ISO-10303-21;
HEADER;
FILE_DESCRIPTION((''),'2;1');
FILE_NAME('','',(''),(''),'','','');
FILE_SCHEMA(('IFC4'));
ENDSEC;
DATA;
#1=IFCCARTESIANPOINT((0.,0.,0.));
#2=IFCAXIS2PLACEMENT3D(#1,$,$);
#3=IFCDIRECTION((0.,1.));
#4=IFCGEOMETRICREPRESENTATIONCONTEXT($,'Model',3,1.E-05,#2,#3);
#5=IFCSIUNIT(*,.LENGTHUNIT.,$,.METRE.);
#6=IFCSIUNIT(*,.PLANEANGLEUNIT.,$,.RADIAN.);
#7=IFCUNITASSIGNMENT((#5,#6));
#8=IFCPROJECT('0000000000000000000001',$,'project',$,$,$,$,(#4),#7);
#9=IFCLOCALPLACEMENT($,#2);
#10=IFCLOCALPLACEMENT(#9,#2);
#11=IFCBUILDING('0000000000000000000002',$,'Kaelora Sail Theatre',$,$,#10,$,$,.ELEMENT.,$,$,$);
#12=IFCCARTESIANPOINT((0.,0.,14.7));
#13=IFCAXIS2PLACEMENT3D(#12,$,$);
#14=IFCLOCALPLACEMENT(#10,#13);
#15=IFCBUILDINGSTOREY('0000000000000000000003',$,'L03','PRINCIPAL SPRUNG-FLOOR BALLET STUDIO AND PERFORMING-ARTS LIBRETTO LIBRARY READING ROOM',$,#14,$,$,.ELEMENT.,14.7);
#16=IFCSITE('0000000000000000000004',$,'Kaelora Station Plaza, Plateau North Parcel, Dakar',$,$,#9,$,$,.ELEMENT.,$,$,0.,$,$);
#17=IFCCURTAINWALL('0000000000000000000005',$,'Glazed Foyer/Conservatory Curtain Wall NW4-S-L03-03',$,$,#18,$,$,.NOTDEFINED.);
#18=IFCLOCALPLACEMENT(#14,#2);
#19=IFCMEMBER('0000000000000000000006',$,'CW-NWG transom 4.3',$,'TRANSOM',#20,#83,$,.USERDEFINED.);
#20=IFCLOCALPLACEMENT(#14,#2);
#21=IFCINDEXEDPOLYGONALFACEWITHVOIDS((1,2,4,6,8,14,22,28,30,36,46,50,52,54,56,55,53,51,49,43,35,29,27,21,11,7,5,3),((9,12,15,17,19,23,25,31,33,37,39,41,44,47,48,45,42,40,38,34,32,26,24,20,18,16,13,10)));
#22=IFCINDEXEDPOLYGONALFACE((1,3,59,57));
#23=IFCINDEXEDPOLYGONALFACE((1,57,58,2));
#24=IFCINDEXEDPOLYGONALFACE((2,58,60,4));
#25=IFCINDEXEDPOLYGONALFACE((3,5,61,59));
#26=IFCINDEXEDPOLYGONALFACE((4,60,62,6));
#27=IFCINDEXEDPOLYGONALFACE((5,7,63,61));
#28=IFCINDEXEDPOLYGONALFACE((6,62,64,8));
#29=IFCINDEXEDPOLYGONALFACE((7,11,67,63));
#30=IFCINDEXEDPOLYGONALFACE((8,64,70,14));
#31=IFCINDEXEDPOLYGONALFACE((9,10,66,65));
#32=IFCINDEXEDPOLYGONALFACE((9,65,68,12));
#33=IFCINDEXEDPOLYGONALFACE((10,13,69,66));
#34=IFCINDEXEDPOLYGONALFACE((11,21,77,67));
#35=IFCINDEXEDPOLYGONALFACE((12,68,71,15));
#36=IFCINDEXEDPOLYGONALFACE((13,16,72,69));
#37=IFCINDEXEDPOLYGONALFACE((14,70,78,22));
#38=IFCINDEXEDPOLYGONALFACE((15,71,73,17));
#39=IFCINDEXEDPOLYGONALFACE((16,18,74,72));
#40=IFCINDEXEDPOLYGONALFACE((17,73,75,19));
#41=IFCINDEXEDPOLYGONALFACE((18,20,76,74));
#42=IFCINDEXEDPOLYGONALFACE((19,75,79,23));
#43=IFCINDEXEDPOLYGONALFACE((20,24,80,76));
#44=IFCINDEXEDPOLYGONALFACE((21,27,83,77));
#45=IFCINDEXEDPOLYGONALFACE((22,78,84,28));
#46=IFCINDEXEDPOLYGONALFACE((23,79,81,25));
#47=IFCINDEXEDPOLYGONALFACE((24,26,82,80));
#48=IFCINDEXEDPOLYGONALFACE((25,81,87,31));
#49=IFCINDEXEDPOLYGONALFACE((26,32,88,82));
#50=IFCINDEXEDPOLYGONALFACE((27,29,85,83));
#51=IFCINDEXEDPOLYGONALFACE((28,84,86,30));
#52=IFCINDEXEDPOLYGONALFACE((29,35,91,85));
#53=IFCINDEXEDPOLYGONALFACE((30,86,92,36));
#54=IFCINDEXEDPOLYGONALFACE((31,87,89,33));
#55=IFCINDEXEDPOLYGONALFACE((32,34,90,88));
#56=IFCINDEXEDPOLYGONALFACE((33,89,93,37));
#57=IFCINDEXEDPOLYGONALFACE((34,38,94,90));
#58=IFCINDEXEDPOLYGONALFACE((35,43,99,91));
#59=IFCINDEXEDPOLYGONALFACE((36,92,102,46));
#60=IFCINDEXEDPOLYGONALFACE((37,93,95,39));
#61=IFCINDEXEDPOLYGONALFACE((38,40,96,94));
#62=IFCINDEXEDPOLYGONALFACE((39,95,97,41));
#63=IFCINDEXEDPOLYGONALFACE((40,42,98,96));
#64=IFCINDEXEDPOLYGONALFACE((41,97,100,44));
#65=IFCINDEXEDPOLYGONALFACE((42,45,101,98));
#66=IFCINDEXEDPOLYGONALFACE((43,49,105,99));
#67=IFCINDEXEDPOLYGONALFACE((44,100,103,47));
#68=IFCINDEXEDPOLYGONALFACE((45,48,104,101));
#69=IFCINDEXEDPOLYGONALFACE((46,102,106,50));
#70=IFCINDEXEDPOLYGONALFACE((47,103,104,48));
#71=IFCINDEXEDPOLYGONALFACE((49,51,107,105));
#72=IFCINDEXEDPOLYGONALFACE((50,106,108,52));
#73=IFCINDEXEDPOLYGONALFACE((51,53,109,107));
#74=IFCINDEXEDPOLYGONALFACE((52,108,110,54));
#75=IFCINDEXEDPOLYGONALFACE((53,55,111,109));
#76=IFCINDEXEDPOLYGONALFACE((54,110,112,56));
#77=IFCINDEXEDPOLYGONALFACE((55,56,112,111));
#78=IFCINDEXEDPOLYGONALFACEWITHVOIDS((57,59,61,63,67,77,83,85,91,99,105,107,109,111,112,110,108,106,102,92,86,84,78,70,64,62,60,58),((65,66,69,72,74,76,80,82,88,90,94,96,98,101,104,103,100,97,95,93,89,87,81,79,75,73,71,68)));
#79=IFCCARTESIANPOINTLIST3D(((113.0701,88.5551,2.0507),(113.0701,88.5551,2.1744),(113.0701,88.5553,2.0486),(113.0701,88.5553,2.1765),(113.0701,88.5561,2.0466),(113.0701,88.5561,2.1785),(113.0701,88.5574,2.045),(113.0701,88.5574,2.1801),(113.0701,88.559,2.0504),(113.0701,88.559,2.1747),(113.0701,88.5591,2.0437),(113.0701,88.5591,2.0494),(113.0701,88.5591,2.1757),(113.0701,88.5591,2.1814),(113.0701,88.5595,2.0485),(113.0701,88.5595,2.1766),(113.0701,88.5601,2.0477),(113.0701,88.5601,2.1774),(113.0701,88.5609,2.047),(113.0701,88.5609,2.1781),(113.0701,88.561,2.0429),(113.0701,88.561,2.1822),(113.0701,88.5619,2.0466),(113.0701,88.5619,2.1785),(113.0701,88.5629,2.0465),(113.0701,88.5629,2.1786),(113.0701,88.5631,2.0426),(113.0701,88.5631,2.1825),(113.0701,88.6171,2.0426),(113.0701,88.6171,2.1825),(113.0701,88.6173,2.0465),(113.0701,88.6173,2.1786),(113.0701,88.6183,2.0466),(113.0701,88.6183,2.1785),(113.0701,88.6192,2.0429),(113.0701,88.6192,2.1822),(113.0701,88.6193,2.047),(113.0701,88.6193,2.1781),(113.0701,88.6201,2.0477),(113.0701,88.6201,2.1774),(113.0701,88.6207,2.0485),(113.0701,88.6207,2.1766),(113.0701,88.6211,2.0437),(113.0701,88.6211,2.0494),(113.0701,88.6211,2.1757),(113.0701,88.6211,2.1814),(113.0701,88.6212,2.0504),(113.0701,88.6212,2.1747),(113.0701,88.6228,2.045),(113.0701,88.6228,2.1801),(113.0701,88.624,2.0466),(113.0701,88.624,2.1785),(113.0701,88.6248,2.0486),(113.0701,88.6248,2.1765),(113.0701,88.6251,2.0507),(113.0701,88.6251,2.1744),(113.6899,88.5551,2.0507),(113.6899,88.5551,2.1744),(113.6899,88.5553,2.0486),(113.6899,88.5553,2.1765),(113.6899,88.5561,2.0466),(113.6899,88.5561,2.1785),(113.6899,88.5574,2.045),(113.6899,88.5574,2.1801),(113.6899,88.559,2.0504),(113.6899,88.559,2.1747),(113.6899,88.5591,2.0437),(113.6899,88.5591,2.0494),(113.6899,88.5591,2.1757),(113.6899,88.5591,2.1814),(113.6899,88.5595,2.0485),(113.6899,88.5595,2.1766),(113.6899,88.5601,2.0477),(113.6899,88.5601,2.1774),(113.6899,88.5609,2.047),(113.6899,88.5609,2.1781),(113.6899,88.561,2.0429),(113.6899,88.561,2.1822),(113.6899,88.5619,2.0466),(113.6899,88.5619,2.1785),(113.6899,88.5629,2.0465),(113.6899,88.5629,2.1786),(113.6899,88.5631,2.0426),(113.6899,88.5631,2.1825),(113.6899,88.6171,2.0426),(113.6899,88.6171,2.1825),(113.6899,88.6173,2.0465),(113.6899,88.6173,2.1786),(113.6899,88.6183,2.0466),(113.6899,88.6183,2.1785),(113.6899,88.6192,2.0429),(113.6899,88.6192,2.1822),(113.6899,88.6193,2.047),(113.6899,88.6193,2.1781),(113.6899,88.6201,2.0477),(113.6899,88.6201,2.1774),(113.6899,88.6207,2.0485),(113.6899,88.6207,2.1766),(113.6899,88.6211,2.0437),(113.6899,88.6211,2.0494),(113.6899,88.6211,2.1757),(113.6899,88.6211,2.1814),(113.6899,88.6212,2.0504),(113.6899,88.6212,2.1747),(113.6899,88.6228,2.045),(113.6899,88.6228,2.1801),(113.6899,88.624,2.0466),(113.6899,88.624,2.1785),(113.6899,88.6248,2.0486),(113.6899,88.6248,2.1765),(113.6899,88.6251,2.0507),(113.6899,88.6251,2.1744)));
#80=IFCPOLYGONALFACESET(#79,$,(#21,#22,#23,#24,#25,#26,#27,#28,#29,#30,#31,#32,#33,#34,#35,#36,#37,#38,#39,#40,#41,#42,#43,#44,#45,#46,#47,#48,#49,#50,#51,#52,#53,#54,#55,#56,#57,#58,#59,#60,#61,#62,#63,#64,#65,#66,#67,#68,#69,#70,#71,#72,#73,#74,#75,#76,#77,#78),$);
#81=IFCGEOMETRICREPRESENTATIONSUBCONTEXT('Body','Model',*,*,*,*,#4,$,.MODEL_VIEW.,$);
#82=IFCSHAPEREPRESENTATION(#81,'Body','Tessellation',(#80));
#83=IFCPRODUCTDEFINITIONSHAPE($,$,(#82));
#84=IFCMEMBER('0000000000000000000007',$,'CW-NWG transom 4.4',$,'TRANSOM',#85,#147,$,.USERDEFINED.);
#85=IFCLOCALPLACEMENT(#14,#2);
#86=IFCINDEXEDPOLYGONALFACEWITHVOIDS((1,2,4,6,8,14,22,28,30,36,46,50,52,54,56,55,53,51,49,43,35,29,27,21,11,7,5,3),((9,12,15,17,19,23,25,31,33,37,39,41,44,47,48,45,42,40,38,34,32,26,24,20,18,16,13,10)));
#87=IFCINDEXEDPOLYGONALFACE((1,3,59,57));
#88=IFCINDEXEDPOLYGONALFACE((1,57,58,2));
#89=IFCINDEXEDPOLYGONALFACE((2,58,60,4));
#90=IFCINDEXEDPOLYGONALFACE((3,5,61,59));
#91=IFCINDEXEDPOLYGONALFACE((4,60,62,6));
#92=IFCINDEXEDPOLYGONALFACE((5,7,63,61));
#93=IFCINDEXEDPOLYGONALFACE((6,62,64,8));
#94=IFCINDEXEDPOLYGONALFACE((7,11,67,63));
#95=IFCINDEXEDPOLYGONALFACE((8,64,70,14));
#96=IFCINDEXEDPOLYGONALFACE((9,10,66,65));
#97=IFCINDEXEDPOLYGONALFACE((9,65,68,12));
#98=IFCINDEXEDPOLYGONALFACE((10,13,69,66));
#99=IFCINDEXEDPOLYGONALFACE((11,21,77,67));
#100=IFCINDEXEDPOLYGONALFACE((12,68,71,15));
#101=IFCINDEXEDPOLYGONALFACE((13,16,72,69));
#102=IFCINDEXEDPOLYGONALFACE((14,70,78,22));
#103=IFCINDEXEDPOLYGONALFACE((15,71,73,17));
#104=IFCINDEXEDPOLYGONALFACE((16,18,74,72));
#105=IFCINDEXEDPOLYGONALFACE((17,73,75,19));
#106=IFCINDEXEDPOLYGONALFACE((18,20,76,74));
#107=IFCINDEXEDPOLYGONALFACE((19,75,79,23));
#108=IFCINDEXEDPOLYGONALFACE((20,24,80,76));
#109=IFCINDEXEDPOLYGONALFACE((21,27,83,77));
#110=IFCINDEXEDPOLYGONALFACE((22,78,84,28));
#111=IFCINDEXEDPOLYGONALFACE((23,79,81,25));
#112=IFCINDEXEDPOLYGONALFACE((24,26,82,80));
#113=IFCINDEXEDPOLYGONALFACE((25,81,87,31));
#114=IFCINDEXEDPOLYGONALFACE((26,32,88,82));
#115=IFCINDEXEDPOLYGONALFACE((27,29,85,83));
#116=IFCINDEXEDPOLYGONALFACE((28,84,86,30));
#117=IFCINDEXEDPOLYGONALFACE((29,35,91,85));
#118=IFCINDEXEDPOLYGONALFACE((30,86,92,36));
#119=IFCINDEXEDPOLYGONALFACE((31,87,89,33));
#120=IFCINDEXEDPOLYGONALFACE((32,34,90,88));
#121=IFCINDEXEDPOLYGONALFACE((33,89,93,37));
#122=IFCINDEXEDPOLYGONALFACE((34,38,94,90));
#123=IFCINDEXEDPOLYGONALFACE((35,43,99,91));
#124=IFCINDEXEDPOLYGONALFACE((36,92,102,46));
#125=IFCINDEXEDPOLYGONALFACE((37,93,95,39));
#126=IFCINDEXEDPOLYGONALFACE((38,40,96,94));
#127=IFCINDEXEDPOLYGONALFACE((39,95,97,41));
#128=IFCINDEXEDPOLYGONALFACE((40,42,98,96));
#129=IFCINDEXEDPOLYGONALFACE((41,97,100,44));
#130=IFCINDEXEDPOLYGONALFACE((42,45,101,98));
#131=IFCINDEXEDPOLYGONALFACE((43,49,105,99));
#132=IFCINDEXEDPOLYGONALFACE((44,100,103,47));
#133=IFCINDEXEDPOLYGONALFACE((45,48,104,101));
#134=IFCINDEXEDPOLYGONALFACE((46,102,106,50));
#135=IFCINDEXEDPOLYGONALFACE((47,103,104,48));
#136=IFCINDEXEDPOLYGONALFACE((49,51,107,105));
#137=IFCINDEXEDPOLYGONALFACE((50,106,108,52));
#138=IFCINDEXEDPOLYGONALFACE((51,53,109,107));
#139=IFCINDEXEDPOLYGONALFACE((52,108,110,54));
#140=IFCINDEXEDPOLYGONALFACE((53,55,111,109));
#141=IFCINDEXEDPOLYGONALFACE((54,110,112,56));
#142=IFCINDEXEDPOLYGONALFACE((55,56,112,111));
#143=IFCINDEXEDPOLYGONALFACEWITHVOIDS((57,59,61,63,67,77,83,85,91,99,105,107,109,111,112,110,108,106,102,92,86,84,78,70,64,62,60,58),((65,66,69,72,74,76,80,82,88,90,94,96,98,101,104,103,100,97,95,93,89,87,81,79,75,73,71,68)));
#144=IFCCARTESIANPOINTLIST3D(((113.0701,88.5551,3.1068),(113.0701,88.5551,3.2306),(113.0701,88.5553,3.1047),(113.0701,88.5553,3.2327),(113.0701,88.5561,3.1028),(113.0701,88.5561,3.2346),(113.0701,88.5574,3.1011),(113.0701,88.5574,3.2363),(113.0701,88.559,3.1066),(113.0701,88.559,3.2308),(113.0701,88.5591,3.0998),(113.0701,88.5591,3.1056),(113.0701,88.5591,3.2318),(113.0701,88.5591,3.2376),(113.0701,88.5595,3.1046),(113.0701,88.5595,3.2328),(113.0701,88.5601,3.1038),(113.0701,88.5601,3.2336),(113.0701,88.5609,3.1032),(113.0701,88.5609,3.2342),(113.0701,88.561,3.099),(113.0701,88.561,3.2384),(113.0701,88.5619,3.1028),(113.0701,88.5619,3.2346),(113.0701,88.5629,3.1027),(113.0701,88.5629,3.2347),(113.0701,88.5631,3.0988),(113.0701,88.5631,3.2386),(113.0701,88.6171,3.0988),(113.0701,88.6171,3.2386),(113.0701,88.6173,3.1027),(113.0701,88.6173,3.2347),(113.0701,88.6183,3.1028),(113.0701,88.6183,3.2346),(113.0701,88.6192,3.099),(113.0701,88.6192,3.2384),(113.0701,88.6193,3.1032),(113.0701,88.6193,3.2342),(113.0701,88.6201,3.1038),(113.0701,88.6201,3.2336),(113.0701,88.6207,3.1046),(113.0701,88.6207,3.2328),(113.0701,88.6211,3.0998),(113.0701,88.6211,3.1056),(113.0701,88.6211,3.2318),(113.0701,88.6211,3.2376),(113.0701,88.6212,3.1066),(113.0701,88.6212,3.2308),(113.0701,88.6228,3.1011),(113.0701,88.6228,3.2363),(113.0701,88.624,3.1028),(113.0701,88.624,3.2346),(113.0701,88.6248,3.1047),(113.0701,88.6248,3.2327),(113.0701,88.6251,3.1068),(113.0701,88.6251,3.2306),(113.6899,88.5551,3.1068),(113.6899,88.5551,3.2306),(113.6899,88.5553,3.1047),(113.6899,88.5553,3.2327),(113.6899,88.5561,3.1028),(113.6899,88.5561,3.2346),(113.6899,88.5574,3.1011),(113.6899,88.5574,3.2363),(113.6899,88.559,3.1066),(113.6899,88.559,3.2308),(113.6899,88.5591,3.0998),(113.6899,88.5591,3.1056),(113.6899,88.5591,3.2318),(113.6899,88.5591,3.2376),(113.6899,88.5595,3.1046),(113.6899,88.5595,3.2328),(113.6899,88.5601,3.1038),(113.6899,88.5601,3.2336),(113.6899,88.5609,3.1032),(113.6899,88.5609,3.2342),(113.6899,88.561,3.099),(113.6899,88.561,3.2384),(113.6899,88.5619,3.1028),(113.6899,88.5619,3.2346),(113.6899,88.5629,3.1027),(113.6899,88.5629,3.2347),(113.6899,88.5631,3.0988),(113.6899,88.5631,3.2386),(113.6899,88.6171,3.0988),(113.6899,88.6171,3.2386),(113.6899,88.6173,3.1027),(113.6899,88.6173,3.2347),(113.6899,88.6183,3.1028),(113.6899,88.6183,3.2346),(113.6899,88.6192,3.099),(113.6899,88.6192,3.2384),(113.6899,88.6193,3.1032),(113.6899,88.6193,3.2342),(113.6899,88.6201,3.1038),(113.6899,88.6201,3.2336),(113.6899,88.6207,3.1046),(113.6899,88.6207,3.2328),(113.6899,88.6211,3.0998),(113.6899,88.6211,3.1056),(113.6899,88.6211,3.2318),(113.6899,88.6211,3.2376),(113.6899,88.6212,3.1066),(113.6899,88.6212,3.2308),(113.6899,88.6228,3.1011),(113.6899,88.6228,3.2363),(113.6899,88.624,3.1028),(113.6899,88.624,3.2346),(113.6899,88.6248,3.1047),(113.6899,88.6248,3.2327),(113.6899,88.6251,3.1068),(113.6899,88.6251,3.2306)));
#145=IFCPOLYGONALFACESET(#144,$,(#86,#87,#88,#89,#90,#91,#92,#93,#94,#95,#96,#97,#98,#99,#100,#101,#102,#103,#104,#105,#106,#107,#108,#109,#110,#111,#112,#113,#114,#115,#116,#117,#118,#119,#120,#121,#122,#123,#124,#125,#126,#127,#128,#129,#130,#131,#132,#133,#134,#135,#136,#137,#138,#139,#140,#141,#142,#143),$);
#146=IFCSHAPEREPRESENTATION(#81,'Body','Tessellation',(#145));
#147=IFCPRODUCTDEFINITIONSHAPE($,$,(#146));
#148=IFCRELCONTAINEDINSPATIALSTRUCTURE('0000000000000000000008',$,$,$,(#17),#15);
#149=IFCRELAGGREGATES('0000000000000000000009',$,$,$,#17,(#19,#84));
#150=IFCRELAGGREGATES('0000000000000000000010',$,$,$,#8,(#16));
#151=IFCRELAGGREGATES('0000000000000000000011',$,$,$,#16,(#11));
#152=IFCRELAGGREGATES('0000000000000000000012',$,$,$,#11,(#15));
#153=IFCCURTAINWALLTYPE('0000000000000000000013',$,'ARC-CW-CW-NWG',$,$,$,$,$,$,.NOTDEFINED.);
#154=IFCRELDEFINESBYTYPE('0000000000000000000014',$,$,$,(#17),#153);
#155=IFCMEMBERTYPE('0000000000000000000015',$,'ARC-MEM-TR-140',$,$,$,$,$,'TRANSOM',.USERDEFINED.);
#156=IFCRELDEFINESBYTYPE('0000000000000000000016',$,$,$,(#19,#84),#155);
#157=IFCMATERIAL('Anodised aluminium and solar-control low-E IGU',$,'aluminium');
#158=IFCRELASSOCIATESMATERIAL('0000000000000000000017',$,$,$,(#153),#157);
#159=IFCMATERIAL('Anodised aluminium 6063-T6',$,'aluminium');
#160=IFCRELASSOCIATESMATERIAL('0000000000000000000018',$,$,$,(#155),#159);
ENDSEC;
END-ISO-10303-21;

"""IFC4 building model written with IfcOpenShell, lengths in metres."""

from ifc_helpers import new_model, si_unit, direction, frame, origin, origin_2d, place, context, subcontext, project, spatial, hollow_rectangle, extrude, material, material_profile, profile_set, type_object, element, aggregate, save


model = new_model("IFC4")

# Units and contexts
model_context = context("Model", 3, precision=1e-05, world=origin(), true_north=direction((0.0, 1.0)))
body_context = subcontext(model_context, "Body", "Model", "MODEL_VIEW")
ifc_project = project(units=[si_unit("LENGTHUNIT", "METRE"), si_unit("PLANEANGLEUNIT", "RADIAN")], contexts=[model_context])

# Site, building, storey
site_placement = place(None, origin())
site = spatial("IfcSite", under=ifc_project, at=site_placement, Name="Kaelora Station Plaza, Plateau North Parcel, Dakar", CompositionType="ELEMENT", RefElevation=0.0)
building_placement = place(site_placement, origin())
building = spatial("IfcBuilding", under=site, at=building_placement, Name="Kaelora Sail Theatre", CompositionType="ELEMENT")
storey_placement = place(building_placement, frame((0.0, 0.0, 14.7)))
storey = spatial("IfcBuildingStorey", under=building, at=storey_placement, Name="L03", Description="PRINCIPAL SPRUNG-FLOOR BALLET STUDIO AND PERFORMING-ARTS LIBRETTO LIBRARY READING ROOM", CompositionType="ELEMENT", Elevation=14.7)

# Curtain wall, members
ifc_material_1 = material(Name="Anodised aluminium and solar-control low-E IGU", Category="aluminium")
curtain_wall_type = type_object("IfcCurtainWallType", Name="ARC-CW-CW-NWG", PredefinedType="NOTDEFINED", material=ifc_material_1)
ifc_material_2 = material(Name="Anodised aluminium 6063-T6", Category="aluminium")
ifc_material_profile = material_profile(ifc_material_2, hollow_rectangle(XDim=0.0701, YDim=0.1399, WallThickness=0.0039, InnerFilletRadius=0.0039, OuterFilletRadius=0.0081, at=origin_2d()), Name="ALU-TRAN 70x140x4")
ifc_profile_set = profile_set([ifc_material_profile], Name="Anodised aluminium 6063-T6")
member_type = type_object("IfcMemberType", Name="ARC-MEM-TR-140", ElementType="TRANSOM", PredefinedType="USERDEFINED", material=ifc_profile_set)
curtain_wall_1_placement = place(storey_placement, origin())
curtain_wall_1 = element("IfcCurtainWall", 1, at=curtain_wall_1_placement, inside=storey, type_object=curtain_wall_type, Name="Glazed Foyer/Conservatory Curtain Wall NW4-S-L03-03", PredefinedType="NOTDEFINED")
member_1_placement = place(storey_placement, frame((113.0701, 88.5901, 2.1125), z_axis=(1.0, 0.0, 0.0), x_axis=(0.0, 1.0, 0.0)))
member_1 = element("IfcMember", 2, at=member_1_placement, type_object=member_type, Name="CW-NWG transom 4.3", ObjectType="TRANSOM", PredefinedType="USERDEFINED", context=body_context, shape_type="SweptSolid", body=[
    extrude(hollow_rectangle(XDim=0.0701, YDim=0.1399, WallThickness=0.0039, InnerFilletRadius=0.0039, OuterFilletRadius=0.0081, at=origin_2d()), origin(), (0.0, 0.0, 1.0), 0.6199),
])
member_2_placement = place(storey_placement, frame((113.0701, 88.5901, 3.1687), z_axis=(1.0, 0.0, 0.0), x_axis=(0.0, 1.0, 0.0)))
member_2 = element("IfcMember", 3, at=member_2_placement, type_object=member_type, Name="CW-NWG transom 4.4", ObjectType="TRANSOM", PredefinedType="USERDEFINED", context=body_context, shape_type="SweptSolid", body=[
    extrude(hollow_rectangle(XDim=0.0701, YDim=0.1399, WallThickness=0.0039, InnerFilletRadius=0.0039, OuterFilletRadius=0.0081, at=origin_2d()), origin(), (0.0, 0.0, 1.0), 0.6199),
])

aggregate(curtain_wall_1, [member_1, member_2])

save(model, "model.ifc")
